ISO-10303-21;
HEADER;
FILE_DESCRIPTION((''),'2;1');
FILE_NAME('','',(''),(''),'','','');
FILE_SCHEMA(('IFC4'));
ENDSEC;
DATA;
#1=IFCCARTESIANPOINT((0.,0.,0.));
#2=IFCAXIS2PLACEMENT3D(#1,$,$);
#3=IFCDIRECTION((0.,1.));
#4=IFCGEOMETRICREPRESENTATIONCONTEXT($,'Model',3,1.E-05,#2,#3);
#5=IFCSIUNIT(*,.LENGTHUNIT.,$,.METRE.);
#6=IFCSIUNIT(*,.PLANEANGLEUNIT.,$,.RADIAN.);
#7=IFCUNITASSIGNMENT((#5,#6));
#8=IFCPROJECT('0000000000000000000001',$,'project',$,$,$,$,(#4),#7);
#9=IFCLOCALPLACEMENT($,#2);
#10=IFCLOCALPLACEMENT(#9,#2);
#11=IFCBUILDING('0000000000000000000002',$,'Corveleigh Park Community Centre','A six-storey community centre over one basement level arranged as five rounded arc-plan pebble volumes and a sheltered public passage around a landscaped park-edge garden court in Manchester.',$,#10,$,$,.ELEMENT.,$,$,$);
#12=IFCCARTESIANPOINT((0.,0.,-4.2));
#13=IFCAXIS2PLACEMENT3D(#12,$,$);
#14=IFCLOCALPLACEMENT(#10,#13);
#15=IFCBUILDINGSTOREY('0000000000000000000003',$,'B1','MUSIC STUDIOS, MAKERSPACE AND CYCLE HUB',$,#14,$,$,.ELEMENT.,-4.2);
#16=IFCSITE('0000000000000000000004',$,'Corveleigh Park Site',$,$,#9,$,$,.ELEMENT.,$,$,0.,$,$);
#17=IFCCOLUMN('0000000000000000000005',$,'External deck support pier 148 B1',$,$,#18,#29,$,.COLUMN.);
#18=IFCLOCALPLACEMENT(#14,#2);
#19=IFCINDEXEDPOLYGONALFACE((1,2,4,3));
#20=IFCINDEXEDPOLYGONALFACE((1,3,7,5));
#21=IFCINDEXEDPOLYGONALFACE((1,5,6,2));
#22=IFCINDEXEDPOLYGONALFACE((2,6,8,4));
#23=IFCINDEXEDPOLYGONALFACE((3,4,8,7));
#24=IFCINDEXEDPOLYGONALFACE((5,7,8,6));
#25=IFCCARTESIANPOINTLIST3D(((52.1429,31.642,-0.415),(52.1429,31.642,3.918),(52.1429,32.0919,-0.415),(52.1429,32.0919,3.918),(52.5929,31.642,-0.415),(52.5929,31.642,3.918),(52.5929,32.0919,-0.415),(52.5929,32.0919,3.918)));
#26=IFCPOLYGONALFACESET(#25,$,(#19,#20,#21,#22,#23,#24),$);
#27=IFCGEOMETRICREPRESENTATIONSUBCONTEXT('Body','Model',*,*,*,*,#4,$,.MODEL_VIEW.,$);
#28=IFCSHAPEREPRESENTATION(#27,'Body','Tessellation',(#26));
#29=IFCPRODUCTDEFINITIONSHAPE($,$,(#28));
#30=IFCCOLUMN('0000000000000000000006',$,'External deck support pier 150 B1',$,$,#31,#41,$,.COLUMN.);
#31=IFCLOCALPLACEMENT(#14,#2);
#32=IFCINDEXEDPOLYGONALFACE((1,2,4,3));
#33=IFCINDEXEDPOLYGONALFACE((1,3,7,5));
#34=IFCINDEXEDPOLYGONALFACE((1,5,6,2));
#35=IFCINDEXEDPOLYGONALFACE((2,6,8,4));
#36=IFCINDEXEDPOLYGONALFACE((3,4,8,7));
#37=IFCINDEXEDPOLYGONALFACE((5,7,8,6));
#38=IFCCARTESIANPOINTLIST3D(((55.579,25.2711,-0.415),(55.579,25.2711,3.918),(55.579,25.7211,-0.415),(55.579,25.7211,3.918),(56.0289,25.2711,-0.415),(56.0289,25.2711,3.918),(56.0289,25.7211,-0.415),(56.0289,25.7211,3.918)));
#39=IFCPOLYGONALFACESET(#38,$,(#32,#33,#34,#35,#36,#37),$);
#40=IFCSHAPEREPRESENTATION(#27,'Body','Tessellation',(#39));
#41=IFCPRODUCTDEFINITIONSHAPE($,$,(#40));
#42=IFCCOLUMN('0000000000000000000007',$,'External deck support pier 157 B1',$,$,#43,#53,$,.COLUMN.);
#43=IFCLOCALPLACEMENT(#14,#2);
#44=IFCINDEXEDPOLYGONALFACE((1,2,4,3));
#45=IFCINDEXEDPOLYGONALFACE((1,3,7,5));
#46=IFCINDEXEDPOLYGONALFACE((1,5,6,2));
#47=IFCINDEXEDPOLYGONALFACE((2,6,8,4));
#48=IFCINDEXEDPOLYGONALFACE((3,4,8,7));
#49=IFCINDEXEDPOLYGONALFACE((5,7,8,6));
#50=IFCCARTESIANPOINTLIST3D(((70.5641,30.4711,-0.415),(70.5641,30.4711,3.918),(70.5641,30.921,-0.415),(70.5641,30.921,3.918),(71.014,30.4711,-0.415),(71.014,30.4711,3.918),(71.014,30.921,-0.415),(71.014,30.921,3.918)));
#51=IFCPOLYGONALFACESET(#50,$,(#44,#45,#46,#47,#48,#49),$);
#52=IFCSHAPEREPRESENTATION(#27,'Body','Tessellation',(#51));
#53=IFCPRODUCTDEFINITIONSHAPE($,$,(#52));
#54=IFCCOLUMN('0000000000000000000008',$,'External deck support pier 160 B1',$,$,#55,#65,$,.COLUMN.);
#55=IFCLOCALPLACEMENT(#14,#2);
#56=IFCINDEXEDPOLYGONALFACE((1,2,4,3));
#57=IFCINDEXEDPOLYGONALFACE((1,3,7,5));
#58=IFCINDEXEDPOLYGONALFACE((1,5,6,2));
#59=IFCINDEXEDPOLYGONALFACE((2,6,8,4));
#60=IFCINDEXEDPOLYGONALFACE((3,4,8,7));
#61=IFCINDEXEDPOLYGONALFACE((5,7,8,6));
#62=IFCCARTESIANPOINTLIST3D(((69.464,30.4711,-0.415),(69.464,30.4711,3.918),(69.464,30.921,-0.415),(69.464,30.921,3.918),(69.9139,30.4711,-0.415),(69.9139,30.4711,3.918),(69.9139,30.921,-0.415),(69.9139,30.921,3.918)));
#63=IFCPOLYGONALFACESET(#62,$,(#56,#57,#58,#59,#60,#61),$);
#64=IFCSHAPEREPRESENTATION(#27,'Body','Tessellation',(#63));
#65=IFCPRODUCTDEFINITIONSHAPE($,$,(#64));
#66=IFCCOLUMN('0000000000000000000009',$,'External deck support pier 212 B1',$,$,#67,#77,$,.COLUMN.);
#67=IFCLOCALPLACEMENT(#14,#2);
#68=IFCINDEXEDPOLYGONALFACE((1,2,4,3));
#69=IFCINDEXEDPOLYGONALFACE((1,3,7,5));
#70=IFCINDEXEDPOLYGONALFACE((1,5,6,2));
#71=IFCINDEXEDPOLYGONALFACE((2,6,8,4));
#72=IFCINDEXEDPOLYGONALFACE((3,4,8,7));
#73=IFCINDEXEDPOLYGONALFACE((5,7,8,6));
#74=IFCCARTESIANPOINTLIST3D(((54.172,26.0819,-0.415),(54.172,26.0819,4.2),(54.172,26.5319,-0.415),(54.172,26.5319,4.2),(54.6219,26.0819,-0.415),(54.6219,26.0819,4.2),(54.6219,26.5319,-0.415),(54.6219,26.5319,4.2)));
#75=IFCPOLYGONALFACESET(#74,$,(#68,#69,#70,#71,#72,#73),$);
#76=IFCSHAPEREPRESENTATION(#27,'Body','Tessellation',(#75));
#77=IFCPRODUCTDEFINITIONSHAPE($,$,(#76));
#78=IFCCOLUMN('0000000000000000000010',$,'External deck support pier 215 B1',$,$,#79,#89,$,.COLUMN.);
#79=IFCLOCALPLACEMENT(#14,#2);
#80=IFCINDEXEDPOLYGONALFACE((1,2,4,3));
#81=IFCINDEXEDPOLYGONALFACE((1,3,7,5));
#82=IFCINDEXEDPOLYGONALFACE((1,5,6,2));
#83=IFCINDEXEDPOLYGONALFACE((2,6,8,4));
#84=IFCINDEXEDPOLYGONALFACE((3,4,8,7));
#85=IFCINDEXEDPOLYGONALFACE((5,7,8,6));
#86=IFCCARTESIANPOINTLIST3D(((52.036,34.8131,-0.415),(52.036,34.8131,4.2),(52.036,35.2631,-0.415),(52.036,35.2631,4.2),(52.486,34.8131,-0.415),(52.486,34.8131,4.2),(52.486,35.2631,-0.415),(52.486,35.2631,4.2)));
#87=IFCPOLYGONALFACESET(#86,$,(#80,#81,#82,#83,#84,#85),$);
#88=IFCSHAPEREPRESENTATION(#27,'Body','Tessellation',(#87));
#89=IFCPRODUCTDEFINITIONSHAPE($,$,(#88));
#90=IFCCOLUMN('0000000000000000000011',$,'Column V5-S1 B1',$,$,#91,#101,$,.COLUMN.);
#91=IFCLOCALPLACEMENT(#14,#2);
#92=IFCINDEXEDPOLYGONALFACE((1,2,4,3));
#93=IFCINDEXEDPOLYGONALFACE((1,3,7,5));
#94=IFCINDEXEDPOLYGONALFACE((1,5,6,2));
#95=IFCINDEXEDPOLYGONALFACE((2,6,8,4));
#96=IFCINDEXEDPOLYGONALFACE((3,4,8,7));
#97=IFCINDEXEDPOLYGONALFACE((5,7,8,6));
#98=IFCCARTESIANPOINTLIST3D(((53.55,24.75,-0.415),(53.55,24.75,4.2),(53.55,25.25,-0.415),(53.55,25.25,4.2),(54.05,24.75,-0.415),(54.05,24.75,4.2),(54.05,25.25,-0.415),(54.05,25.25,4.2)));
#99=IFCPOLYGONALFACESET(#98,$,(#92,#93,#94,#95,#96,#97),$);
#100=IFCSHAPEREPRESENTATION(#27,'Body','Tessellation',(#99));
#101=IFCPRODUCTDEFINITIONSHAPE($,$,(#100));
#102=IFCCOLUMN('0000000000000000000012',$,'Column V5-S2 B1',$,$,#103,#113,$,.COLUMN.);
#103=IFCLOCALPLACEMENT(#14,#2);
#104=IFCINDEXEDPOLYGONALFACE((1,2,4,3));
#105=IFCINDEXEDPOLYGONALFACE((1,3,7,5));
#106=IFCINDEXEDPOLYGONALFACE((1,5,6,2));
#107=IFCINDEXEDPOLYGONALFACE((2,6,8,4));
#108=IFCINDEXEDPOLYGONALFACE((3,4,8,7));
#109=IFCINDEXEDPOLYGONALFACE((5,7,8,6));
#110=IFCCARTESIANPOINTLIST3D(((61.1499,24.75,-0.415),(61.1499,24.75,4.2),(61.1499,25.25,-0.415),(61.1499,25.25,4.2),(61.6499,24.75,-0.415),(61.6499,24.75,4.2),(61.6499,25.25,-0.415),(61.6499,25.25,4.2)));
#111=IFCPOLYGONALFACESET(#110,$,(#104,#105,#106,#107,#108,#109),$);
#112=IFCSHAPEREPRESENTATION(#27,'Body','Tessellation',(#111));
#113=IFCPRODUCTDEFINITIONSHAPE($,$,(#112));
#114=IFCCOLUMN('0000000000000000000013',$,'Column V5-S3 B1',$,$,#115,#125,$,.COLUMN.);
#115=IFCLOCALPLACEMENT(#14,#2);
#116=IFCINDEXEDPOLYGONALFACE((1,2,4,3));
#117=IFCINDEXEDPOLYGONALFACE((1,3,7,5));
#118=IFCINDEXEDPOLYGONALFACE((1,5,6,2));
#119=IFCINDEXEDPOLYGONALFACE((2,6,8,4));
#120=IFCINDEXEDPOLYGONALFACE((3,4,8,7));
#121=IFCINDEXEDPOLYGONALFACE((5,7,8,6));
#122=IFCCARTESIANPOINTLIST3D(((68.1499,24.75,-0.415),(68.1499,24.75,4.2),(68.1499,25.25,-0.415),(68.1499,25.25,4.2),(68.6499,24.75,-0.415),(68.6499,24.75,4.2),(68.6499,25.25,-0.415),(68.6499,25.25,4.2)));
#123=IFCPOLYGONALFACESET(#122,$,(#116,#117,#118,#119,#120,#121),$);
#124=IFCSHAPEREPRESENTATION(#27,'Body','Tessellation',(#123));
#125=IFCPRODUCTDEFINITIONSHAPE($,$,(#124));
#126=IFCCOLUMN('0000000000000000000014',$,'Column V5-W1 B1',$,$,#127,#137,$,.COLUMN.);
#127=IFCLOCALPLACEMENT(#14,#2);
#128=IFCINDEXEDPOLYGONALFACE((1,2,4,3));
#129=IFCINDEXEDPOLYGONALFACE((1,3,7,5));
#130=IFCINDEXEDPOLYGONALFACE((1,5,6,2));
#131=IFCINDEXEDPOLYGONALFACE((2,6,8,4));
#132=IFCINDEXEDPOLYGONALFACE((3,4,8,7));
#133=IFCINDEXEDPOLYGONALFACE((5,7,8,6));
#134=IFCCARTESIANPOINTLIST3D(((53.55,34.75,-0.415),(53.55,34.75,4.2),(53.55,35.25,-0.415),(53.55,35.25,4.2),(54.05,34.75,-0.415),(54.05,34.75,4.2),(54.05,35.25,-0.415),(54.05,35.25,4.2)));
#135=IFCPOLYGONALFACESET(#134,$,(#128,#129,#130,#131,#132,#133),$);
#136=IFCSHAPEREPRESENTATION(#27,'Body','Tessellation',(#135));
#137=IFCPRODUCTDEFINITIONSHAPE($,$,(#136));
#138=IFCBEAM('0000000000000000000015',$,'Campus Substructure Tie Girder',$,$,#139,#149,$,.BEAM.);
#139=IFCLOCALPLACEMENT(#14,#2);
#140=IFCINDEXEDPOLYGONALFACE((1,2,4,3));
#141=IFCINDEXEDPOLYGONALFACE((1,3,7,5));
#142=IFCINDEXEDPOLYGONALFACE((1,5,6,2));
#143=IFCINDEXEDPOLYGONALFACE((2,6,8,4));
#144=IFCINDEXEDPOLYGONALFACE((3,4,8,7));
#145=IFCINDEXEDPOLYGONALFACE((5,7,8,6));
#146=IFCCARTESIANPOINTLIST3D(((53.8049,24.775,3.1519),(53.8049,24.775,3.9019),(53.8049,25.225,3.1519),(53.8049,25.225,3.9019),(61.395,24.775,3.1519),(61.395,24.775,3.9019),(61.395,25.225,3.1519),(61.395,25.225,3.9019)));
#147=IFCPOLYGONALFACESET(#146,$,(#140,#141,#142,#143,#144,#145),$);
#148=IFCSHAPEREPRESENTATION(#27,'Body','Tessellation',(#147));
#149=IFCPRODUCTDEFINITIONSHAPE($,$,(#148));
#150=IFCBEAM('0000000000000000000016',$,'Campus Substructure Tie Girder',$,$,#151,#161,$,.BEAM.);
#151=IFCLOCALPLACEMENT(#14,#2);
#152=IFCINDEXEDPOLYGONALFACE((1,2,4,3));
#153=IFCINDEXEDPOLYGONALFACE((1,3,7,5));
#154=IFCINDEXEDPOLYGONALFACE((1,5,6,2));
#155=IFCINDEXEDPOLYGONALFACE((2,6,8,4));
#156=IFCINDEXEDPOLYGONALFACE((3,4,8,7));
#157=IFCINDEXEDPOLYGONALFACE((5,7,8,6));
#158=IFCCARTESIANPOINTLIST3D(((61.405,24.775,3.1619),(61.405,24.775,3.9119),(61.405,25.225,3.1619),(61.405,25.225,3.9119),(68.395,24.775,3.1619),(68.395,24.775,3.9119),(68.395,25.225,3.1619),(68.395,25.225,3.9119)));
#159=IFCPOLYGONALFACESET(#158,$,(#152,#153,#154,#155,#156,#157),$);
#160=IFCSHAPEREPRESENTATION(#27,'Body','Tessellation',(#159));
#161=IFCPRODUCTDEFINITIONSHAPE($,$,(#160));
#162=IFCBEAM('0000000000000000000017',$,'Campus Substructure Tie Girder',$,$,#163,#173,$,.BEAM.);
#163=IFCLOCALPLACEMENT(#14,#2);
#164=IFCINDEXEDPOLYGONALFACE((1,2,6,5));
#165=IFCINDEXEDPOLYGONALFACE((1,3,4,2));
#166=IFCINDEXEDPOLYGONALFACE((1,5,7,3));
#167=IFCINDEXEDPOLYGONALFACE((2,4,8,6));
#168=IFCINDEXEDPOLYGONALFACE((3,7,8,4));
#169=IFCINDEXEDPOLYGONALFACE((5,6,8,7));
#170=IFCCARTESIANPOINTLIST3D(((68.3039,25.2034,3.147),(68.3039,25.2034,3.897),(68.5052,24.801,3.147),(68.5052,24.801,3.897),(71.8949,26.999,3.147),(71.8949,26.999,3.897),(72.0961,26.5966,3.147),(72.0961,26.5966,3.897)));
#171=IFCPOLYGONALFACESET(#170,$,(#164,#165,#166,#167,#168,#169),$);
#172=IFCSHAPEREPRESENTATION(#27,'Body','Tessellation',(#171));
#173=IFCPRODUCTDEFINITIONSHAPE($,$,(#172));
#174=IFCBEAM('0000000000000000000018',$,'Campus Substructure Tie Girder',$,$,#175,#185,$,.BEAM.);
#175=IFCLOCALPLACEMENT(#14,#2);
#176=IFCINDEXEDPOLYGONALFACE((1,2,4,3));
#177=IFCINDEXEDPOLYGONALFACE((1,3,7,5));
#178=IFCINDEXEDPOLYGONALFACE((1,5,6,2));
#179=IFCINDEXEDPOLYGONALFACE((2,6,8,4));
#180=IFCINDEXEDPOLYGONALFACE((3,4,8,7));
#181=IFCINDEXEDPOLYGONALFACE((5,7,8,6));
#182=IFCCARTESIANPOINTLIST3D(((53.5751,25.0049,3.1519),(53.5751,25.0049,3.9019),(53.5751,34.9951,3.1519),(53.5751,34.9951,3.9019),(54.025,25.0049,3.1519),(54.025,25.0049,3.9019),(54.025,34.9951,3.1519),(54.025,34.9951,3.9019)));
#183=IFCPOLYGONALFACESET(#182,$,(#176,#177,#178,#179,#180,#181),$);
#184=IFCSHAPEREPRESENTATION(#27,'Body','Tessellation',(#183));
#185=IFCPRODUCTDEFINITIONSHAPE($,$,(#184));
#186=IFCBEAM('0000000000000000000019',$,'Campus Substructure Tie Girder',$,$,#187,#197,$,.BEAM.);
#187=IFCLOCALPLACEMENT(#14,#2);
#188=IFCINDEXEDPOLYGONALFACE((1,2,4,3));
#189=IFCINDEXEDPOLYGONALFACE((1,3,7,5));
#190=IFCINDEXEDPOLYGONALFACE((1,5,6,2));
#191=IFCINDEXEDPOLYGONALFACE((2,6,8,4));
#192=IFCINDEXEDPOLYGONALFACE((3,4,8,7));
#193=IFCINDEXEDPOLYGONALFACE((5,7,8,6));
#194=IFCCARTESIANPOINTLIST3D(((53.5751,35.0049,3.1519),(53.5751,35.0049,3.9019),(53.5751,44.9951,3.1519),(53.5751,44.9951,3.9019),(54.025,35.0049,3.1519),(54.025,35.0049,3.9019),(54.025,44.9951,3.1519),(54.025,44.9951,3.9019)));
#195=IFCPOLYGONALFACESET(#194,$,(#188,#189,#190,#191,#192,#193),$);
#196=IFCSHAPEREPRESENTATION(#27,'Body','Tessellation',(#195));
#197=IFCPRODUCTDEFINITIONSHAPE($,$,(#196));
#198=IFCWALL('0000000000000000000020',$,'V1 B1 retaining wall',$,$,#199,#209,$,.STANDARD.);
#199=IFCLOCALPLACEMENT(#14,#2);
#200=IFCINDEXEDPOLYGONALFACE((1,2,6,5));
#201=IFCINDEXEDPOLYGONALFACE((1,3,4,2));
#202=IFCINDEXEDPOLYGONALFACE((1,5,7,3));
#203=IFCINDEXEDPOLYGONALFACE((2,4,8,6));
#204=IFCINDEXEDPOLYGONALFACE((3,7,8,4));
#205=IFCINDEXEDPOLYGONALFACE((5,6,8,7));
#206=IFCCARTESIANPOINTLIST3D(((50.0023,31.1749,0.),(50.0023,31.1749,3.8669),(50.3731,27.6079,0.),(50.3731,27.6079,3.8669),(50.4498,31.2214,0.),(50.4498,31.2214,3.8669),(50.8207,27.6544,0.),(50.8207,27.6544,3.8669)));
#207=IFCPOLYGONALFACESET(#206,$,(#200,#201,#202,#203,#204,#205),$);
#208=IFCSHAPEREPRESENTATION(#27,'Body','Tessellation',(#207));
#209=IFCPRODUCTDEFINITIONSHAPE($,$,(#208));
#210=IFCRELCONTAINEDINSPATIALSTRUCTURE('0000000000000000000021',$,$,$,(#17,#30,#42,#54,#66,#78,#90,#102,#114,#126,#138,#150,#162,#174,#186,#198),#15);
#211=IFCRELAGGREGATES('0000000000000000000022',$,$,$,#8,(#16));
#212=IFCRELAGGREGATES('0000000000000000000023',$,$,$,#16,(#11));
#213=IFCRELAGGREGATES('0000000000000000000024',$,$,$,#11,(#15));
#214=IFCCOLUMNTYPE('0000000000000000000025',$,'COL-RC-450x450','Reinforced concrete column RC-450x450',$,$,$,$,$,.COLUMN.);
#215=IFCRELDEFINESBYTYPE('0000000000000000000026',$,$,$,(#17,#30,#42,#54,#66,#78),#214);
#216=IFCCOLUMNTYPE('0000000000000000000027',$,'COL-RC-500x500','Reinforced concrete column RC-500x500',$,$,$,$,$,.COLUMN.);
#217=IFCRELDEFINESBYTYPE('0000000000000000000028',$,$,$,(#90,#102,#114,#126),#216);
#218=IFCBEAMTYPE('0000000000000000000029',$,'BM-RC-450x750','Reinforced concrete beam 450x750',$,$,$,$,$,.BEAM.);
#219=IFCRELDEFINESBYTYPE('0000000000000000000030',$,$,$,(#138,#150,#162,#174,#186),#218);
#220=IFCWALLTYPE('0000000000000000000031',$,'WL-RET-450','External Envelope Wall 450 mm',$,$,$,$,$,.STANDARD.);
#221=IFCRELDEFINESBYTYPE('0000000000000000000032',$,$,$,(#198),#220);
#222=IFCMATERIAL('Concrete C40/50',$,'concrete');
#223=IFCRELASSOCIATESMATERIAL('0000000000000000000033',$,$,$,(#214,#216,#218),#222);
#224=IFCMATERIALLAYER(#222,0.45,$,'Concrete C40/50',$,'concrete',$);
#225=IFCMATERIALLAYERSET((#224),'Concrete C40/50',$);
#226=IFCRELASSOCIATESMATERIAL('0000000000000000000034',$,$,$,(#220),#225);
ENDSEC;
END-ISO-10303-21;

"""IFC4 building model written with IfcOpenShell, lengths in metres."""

from ifc_helpers import new_model, si_unit, direction, frame, frame_2d, origin, origin_2d, place, context, subcontext, project, spatial, rectangle, extrude, material, layer, layer_set, material_profile, profile_set, type_object, element, save


model = new_model("IFC4")

# Units and contexts
model_context = context("Model", 3, precision=1e-05, world=origin(), true_north=direction((0.0, 1.0)))
body_context = subcontext(model_context, "Body", "Model", "MODEL_VIEW")
ifc_project = project(units=[si_unit("LENGTHUNIT", "METRE"), si_unit("PLANEANGLEUNIT", "RADIAN")], contexts=[model_context])

# Site, building, storey
site_placement = place(None, origin())
site = spatial("IfcSite", under=ifc_project, at=site_placement, Name="Corveleigh Park Site", CompositionType="ELEMENT", RefElevation=0.0)
building_placement = place(site_placement, origin())
building = spatial("IfcBuilding", under=site, at=building_placement, Name="Corveleigh Park Community Centre", Description="A six-storey community centre over one basement level arranged as five rounded arc-plan pebble volumes and a sheltered public passage around a landscaped park-edge garden court in Manchester.", CompositionType="ELEMENT")
storey_placement = place(building_placement, frame((0.0, 0.0, -4.2)))
storey = spatial("IfcBuildingStorey", under=building, at=storey_placement, Name="B1", Description="MUSIC STUDIOS, MAKERSPACE AND CYCLE HUB", CompositionType="ELEMENT", Elevation=-4.2)

# Shared definitions
ifc_material_1 = material(Name="Concrete C40/50", Category="concrete")

# Columns
ifc_material_profile_1 = material_profile(ifc_material_1, rectangle(XDim=0.45, YDim=0.45, at=origin_2d()), Name="RC-450x450", Category="concrete")
ifc_profile_set_1 = profile_set([ifc_material_profile_1], Name="Concrete C40/50")
column_type_1 = type_object("IfcColumnType", Name="COL-RC-450x450", Description="Reinforced concrete column RC-450x450", PredefinedType="COLUMN", material=ifc_profile_set_1)
for number, where, z_axis, x_axis, name in (
    (1, (52.3679, 31.8669, -0.415), (0.0, 0.0, 1.0), (1.0, 0.0, 0.0), "External deck support pier 148 B1"),
    (2, (55.804, 25.4961, -0.415), (0.0, 0.0, 1.0), (1.0, 0.0, 0.0), "External deck support pier 150 B1"),
    (3, (70.7891, 30.696, -0.415), (0.0, 0.0, 1.0), (1.0, 0.0, 0.0), "External deck support pier 157 B1"),
    (4, (69.689, 30.696, -0.415), (0.0, 0.0, 1.0), (1.0, 0.0, 0.0), "External deck support pier 160 B1"),
):
    element("IfcColumn", number, at=place(storey_placement, frame(where, z_axis=z_axis, x_axis=x_axis)), inside=storey, type_object=column_type_1, Name=name, PredefinedType="COLUMN", context=body_context, shape_type="SweptSolid", body=[
        extrude(rectangle(XDim=0.45, YDim=0.45, at=origin_2d()), origin(), (0.0, 0.0, 1.0), 4.333),
    ])
for number, where, z_axis, x_axis, name in (
    (5, (54.397, 26.3069, -0.415), (0.0, 0.0, 1.0), (1.0, 0.0, 0.0), "External deck support pier 212 B1"),
    (6, (52.261, 35.0381, -0.415), (0.0, 0.0, 1.0), (1.0, 0.0, 0.0), "External deck support pier 215 B1"),
):
    element("IfcColumn", number, at=place(storey_placement, frame(where, z_axis=z_axis, x_axis=x_axis)), inside=storey, type_object=column_type_1, Name=name, PredefinedType="COLUMN", context=body_context, shape_type="SweptSolid", body=[
        extrude(rectangle(XDim=0.45, YDim=0.45, at=origin_2d()), origin(), (0.0, 0.0, 1.0), 4.615),
    ])
ifc_material_profile_2 = material_profile(ifc_material_1, rectangle(XDim=0.5, YDim=0.5, at=origin_2d()), Name="RC-500x500", Category="concrete")
ifc_profile_set_2 = profile_set([ifc_material_profile_2], Name="Concrete C40/50")
column_type_2 = type_object("IfcColumnType", Name="COL-RC-500x500", Description="Reinforced concrete column RC-500x500", PredefinedType="COLUMN", material=ifc_profile_set_2)
for number, where, z_axis, x_axis, name in (
    (7, (53.8, 25.0, -0.415), (0.0, 0.0, 1.0), (1.0, 0.0, 0.0), "Column V5-S1 B1"),
    (8, (61.3999, 25.0, -0.415), (0.0, 0.0, 1.0), (1.0, 0.0, 0.0), "Column V5-S2 B1"),
    (9, (68.3999, 25.0, -0.415), (0.0, 0.0, 1.0), (1.0, 0.0, 0.0), "Column V5-S3 B1"),
    (10, (53.8, 35.0, -0.415), (0.0, 0.0, 1.0), (1.0, 0.0, 0.0), "Column V5-W1 B1"),
):
    element("IfcColumn", number, at=place(storey_placement, frame(where, z_axis=z_axis, x_axis=x_axis)), inside=storey, type_object=column_type_2, Name=name, PredefinedType="COLUMN", context=body_context, shape_type="SweptSolid", body=[
        extrude(rectangle(XDim=0.5, YDim=0.5, at=origin_2d()), origin(), (0.0, 0.0, 1.0), 4.615),
    ])

# Beams
ifc_material_profile_3 = material_profile(ifc_material_1, rectangle(XDim=0.45, YDim=0.75, at=origin_2d()), Name="RC-450x750", Category="concrete")
ifc_profile_set_3 = profile_set([ifc_material_profile_3], Name="Concrete C40/50")
beam_type = type_object("IfcBeamType", Name="BM-RC-450x750", Description="Reinforced concrete beam 450x750", PredefinedType="BEAM", material=ifc_profile_set_3)
beam_1_placement = place(storey_placement, frame((53.8049, 25.0, 3.5269), z_axis=(1.0, 0.0, 0.0), x_axis=(0.0, 1.0, 0.0)))
element("IfcBeam", 11, at=beam_1_placement, inside=storey, type_object=beam_type, Name="Campus Substructure Tie Girder", PredefinedType="BEAM", context=body_context, shape_type="SweptSolid", body=[
    extrude(rectangle(XDim=0.45, YDim=0.75, at=origin_2d()), origin(), (0.0, 0.0, 1.0), 7.5901),
])
beam_2_placement = place(storey_placement, frame((61.405, 25.0, 3.5369), z_axis=(1.0, 0.0, 0.0), x_axis=(0.0, 1.0, 0.0)))
element("IfcBeam", 12, at=beam_2_placement, inside=storey, type_object=beam_type, Name="Campus Substructure Tie Girder", PredefinedType="BEAM", context=body_context, shape_type="SweptSolid", body=[
    extrude(rectangle(XDim=0.45, YDim=0.75, at=origin_2d()), origin(), (0.0, 0.0, 1.0), 6.99),
])
beam_3_placement = place(storey_placement, frame((68.4045, 25.0022, 3.522), z_axis=(0.894415, 0.447238, 0.0), x_axis=(-0.447238, 0.894415, 0.0)))
element("IfcBeam", 13, at=beam_3_placement, inside=storey, type_object=beam_type, Name="Campus Substructure Tie Girder", PredefinedType="BEAM", context=body_context, shape_type="SweptSolid", body=[
    extrude(rectangle(XDim=0.45, YDim=0.75, at=origin_2d()), origin(), (0.0, 0.0, 1.0), 4.0149),
])
for number, where, z_axis, x_axis, name in (
    (14, (53.8, 25.0049, 3.5269), (0.0, 1.0, 0.0), (-1.0, 0.0, 0.0), "Campus Substructure Tie Girder"),
    (15, (53.8, 35.0049, 3.5269), (0.0, 1.0, 0.0), (-1.0, 0.0, 0.0), "Campus Substructure Tie Girder"),
):
    element("IfcBeam", number, at=place(storey_placement, frame(where, z_axis=z_axis, x_axis=x_axis)), inside=storey, type_object=beam_type, Name=name, PredefinedType="BEAM", context=body_context, shape_type="SweptSolid", body=[
        extrude(rectangle(XDim=0.45, YDim=0.75, at=origin_2d()), origin(), (0.0, 0.0, 1.0), 9.9902),
    ])

# Wall
ifc_layer_1 = layer(ifc_material_1, 0.45, Name="Concrete C40/50", Category="concrete")
ifc_layer_set_1 = layer_set([ifc_layer_1], Name="Concrete C40/50")
wall_type_1 = type_object("IfcWallType", Name="WL-RET-450", Description="External Envelope Wall 450 mm", PredefinedType="STANDARD", material=ifc_layer_set_1)
wall_1_placement = place(storey_placement, frame((50.2261, 31.198, 0.0), z_axis=(0.0, 0.0, 1.0), x_axis=(0.103412, -0.994639, 0.0)))
element("IfcWall", 16, at=wall_1_placement, inside=storey, type_object=wall_type_1, Name="V1 B1 retaining wall", PredefinedType="STANDARD", context=body_context, shape_type="SweptSolid", body=[
    extrude(rectangle(XDim=3.5862, YDim=0.45, at=frame_2d((1.793, 0.0))), origin(), (0.0, 0.0, 1.0), 3.8669),
])

save(model, "model.ifc")
